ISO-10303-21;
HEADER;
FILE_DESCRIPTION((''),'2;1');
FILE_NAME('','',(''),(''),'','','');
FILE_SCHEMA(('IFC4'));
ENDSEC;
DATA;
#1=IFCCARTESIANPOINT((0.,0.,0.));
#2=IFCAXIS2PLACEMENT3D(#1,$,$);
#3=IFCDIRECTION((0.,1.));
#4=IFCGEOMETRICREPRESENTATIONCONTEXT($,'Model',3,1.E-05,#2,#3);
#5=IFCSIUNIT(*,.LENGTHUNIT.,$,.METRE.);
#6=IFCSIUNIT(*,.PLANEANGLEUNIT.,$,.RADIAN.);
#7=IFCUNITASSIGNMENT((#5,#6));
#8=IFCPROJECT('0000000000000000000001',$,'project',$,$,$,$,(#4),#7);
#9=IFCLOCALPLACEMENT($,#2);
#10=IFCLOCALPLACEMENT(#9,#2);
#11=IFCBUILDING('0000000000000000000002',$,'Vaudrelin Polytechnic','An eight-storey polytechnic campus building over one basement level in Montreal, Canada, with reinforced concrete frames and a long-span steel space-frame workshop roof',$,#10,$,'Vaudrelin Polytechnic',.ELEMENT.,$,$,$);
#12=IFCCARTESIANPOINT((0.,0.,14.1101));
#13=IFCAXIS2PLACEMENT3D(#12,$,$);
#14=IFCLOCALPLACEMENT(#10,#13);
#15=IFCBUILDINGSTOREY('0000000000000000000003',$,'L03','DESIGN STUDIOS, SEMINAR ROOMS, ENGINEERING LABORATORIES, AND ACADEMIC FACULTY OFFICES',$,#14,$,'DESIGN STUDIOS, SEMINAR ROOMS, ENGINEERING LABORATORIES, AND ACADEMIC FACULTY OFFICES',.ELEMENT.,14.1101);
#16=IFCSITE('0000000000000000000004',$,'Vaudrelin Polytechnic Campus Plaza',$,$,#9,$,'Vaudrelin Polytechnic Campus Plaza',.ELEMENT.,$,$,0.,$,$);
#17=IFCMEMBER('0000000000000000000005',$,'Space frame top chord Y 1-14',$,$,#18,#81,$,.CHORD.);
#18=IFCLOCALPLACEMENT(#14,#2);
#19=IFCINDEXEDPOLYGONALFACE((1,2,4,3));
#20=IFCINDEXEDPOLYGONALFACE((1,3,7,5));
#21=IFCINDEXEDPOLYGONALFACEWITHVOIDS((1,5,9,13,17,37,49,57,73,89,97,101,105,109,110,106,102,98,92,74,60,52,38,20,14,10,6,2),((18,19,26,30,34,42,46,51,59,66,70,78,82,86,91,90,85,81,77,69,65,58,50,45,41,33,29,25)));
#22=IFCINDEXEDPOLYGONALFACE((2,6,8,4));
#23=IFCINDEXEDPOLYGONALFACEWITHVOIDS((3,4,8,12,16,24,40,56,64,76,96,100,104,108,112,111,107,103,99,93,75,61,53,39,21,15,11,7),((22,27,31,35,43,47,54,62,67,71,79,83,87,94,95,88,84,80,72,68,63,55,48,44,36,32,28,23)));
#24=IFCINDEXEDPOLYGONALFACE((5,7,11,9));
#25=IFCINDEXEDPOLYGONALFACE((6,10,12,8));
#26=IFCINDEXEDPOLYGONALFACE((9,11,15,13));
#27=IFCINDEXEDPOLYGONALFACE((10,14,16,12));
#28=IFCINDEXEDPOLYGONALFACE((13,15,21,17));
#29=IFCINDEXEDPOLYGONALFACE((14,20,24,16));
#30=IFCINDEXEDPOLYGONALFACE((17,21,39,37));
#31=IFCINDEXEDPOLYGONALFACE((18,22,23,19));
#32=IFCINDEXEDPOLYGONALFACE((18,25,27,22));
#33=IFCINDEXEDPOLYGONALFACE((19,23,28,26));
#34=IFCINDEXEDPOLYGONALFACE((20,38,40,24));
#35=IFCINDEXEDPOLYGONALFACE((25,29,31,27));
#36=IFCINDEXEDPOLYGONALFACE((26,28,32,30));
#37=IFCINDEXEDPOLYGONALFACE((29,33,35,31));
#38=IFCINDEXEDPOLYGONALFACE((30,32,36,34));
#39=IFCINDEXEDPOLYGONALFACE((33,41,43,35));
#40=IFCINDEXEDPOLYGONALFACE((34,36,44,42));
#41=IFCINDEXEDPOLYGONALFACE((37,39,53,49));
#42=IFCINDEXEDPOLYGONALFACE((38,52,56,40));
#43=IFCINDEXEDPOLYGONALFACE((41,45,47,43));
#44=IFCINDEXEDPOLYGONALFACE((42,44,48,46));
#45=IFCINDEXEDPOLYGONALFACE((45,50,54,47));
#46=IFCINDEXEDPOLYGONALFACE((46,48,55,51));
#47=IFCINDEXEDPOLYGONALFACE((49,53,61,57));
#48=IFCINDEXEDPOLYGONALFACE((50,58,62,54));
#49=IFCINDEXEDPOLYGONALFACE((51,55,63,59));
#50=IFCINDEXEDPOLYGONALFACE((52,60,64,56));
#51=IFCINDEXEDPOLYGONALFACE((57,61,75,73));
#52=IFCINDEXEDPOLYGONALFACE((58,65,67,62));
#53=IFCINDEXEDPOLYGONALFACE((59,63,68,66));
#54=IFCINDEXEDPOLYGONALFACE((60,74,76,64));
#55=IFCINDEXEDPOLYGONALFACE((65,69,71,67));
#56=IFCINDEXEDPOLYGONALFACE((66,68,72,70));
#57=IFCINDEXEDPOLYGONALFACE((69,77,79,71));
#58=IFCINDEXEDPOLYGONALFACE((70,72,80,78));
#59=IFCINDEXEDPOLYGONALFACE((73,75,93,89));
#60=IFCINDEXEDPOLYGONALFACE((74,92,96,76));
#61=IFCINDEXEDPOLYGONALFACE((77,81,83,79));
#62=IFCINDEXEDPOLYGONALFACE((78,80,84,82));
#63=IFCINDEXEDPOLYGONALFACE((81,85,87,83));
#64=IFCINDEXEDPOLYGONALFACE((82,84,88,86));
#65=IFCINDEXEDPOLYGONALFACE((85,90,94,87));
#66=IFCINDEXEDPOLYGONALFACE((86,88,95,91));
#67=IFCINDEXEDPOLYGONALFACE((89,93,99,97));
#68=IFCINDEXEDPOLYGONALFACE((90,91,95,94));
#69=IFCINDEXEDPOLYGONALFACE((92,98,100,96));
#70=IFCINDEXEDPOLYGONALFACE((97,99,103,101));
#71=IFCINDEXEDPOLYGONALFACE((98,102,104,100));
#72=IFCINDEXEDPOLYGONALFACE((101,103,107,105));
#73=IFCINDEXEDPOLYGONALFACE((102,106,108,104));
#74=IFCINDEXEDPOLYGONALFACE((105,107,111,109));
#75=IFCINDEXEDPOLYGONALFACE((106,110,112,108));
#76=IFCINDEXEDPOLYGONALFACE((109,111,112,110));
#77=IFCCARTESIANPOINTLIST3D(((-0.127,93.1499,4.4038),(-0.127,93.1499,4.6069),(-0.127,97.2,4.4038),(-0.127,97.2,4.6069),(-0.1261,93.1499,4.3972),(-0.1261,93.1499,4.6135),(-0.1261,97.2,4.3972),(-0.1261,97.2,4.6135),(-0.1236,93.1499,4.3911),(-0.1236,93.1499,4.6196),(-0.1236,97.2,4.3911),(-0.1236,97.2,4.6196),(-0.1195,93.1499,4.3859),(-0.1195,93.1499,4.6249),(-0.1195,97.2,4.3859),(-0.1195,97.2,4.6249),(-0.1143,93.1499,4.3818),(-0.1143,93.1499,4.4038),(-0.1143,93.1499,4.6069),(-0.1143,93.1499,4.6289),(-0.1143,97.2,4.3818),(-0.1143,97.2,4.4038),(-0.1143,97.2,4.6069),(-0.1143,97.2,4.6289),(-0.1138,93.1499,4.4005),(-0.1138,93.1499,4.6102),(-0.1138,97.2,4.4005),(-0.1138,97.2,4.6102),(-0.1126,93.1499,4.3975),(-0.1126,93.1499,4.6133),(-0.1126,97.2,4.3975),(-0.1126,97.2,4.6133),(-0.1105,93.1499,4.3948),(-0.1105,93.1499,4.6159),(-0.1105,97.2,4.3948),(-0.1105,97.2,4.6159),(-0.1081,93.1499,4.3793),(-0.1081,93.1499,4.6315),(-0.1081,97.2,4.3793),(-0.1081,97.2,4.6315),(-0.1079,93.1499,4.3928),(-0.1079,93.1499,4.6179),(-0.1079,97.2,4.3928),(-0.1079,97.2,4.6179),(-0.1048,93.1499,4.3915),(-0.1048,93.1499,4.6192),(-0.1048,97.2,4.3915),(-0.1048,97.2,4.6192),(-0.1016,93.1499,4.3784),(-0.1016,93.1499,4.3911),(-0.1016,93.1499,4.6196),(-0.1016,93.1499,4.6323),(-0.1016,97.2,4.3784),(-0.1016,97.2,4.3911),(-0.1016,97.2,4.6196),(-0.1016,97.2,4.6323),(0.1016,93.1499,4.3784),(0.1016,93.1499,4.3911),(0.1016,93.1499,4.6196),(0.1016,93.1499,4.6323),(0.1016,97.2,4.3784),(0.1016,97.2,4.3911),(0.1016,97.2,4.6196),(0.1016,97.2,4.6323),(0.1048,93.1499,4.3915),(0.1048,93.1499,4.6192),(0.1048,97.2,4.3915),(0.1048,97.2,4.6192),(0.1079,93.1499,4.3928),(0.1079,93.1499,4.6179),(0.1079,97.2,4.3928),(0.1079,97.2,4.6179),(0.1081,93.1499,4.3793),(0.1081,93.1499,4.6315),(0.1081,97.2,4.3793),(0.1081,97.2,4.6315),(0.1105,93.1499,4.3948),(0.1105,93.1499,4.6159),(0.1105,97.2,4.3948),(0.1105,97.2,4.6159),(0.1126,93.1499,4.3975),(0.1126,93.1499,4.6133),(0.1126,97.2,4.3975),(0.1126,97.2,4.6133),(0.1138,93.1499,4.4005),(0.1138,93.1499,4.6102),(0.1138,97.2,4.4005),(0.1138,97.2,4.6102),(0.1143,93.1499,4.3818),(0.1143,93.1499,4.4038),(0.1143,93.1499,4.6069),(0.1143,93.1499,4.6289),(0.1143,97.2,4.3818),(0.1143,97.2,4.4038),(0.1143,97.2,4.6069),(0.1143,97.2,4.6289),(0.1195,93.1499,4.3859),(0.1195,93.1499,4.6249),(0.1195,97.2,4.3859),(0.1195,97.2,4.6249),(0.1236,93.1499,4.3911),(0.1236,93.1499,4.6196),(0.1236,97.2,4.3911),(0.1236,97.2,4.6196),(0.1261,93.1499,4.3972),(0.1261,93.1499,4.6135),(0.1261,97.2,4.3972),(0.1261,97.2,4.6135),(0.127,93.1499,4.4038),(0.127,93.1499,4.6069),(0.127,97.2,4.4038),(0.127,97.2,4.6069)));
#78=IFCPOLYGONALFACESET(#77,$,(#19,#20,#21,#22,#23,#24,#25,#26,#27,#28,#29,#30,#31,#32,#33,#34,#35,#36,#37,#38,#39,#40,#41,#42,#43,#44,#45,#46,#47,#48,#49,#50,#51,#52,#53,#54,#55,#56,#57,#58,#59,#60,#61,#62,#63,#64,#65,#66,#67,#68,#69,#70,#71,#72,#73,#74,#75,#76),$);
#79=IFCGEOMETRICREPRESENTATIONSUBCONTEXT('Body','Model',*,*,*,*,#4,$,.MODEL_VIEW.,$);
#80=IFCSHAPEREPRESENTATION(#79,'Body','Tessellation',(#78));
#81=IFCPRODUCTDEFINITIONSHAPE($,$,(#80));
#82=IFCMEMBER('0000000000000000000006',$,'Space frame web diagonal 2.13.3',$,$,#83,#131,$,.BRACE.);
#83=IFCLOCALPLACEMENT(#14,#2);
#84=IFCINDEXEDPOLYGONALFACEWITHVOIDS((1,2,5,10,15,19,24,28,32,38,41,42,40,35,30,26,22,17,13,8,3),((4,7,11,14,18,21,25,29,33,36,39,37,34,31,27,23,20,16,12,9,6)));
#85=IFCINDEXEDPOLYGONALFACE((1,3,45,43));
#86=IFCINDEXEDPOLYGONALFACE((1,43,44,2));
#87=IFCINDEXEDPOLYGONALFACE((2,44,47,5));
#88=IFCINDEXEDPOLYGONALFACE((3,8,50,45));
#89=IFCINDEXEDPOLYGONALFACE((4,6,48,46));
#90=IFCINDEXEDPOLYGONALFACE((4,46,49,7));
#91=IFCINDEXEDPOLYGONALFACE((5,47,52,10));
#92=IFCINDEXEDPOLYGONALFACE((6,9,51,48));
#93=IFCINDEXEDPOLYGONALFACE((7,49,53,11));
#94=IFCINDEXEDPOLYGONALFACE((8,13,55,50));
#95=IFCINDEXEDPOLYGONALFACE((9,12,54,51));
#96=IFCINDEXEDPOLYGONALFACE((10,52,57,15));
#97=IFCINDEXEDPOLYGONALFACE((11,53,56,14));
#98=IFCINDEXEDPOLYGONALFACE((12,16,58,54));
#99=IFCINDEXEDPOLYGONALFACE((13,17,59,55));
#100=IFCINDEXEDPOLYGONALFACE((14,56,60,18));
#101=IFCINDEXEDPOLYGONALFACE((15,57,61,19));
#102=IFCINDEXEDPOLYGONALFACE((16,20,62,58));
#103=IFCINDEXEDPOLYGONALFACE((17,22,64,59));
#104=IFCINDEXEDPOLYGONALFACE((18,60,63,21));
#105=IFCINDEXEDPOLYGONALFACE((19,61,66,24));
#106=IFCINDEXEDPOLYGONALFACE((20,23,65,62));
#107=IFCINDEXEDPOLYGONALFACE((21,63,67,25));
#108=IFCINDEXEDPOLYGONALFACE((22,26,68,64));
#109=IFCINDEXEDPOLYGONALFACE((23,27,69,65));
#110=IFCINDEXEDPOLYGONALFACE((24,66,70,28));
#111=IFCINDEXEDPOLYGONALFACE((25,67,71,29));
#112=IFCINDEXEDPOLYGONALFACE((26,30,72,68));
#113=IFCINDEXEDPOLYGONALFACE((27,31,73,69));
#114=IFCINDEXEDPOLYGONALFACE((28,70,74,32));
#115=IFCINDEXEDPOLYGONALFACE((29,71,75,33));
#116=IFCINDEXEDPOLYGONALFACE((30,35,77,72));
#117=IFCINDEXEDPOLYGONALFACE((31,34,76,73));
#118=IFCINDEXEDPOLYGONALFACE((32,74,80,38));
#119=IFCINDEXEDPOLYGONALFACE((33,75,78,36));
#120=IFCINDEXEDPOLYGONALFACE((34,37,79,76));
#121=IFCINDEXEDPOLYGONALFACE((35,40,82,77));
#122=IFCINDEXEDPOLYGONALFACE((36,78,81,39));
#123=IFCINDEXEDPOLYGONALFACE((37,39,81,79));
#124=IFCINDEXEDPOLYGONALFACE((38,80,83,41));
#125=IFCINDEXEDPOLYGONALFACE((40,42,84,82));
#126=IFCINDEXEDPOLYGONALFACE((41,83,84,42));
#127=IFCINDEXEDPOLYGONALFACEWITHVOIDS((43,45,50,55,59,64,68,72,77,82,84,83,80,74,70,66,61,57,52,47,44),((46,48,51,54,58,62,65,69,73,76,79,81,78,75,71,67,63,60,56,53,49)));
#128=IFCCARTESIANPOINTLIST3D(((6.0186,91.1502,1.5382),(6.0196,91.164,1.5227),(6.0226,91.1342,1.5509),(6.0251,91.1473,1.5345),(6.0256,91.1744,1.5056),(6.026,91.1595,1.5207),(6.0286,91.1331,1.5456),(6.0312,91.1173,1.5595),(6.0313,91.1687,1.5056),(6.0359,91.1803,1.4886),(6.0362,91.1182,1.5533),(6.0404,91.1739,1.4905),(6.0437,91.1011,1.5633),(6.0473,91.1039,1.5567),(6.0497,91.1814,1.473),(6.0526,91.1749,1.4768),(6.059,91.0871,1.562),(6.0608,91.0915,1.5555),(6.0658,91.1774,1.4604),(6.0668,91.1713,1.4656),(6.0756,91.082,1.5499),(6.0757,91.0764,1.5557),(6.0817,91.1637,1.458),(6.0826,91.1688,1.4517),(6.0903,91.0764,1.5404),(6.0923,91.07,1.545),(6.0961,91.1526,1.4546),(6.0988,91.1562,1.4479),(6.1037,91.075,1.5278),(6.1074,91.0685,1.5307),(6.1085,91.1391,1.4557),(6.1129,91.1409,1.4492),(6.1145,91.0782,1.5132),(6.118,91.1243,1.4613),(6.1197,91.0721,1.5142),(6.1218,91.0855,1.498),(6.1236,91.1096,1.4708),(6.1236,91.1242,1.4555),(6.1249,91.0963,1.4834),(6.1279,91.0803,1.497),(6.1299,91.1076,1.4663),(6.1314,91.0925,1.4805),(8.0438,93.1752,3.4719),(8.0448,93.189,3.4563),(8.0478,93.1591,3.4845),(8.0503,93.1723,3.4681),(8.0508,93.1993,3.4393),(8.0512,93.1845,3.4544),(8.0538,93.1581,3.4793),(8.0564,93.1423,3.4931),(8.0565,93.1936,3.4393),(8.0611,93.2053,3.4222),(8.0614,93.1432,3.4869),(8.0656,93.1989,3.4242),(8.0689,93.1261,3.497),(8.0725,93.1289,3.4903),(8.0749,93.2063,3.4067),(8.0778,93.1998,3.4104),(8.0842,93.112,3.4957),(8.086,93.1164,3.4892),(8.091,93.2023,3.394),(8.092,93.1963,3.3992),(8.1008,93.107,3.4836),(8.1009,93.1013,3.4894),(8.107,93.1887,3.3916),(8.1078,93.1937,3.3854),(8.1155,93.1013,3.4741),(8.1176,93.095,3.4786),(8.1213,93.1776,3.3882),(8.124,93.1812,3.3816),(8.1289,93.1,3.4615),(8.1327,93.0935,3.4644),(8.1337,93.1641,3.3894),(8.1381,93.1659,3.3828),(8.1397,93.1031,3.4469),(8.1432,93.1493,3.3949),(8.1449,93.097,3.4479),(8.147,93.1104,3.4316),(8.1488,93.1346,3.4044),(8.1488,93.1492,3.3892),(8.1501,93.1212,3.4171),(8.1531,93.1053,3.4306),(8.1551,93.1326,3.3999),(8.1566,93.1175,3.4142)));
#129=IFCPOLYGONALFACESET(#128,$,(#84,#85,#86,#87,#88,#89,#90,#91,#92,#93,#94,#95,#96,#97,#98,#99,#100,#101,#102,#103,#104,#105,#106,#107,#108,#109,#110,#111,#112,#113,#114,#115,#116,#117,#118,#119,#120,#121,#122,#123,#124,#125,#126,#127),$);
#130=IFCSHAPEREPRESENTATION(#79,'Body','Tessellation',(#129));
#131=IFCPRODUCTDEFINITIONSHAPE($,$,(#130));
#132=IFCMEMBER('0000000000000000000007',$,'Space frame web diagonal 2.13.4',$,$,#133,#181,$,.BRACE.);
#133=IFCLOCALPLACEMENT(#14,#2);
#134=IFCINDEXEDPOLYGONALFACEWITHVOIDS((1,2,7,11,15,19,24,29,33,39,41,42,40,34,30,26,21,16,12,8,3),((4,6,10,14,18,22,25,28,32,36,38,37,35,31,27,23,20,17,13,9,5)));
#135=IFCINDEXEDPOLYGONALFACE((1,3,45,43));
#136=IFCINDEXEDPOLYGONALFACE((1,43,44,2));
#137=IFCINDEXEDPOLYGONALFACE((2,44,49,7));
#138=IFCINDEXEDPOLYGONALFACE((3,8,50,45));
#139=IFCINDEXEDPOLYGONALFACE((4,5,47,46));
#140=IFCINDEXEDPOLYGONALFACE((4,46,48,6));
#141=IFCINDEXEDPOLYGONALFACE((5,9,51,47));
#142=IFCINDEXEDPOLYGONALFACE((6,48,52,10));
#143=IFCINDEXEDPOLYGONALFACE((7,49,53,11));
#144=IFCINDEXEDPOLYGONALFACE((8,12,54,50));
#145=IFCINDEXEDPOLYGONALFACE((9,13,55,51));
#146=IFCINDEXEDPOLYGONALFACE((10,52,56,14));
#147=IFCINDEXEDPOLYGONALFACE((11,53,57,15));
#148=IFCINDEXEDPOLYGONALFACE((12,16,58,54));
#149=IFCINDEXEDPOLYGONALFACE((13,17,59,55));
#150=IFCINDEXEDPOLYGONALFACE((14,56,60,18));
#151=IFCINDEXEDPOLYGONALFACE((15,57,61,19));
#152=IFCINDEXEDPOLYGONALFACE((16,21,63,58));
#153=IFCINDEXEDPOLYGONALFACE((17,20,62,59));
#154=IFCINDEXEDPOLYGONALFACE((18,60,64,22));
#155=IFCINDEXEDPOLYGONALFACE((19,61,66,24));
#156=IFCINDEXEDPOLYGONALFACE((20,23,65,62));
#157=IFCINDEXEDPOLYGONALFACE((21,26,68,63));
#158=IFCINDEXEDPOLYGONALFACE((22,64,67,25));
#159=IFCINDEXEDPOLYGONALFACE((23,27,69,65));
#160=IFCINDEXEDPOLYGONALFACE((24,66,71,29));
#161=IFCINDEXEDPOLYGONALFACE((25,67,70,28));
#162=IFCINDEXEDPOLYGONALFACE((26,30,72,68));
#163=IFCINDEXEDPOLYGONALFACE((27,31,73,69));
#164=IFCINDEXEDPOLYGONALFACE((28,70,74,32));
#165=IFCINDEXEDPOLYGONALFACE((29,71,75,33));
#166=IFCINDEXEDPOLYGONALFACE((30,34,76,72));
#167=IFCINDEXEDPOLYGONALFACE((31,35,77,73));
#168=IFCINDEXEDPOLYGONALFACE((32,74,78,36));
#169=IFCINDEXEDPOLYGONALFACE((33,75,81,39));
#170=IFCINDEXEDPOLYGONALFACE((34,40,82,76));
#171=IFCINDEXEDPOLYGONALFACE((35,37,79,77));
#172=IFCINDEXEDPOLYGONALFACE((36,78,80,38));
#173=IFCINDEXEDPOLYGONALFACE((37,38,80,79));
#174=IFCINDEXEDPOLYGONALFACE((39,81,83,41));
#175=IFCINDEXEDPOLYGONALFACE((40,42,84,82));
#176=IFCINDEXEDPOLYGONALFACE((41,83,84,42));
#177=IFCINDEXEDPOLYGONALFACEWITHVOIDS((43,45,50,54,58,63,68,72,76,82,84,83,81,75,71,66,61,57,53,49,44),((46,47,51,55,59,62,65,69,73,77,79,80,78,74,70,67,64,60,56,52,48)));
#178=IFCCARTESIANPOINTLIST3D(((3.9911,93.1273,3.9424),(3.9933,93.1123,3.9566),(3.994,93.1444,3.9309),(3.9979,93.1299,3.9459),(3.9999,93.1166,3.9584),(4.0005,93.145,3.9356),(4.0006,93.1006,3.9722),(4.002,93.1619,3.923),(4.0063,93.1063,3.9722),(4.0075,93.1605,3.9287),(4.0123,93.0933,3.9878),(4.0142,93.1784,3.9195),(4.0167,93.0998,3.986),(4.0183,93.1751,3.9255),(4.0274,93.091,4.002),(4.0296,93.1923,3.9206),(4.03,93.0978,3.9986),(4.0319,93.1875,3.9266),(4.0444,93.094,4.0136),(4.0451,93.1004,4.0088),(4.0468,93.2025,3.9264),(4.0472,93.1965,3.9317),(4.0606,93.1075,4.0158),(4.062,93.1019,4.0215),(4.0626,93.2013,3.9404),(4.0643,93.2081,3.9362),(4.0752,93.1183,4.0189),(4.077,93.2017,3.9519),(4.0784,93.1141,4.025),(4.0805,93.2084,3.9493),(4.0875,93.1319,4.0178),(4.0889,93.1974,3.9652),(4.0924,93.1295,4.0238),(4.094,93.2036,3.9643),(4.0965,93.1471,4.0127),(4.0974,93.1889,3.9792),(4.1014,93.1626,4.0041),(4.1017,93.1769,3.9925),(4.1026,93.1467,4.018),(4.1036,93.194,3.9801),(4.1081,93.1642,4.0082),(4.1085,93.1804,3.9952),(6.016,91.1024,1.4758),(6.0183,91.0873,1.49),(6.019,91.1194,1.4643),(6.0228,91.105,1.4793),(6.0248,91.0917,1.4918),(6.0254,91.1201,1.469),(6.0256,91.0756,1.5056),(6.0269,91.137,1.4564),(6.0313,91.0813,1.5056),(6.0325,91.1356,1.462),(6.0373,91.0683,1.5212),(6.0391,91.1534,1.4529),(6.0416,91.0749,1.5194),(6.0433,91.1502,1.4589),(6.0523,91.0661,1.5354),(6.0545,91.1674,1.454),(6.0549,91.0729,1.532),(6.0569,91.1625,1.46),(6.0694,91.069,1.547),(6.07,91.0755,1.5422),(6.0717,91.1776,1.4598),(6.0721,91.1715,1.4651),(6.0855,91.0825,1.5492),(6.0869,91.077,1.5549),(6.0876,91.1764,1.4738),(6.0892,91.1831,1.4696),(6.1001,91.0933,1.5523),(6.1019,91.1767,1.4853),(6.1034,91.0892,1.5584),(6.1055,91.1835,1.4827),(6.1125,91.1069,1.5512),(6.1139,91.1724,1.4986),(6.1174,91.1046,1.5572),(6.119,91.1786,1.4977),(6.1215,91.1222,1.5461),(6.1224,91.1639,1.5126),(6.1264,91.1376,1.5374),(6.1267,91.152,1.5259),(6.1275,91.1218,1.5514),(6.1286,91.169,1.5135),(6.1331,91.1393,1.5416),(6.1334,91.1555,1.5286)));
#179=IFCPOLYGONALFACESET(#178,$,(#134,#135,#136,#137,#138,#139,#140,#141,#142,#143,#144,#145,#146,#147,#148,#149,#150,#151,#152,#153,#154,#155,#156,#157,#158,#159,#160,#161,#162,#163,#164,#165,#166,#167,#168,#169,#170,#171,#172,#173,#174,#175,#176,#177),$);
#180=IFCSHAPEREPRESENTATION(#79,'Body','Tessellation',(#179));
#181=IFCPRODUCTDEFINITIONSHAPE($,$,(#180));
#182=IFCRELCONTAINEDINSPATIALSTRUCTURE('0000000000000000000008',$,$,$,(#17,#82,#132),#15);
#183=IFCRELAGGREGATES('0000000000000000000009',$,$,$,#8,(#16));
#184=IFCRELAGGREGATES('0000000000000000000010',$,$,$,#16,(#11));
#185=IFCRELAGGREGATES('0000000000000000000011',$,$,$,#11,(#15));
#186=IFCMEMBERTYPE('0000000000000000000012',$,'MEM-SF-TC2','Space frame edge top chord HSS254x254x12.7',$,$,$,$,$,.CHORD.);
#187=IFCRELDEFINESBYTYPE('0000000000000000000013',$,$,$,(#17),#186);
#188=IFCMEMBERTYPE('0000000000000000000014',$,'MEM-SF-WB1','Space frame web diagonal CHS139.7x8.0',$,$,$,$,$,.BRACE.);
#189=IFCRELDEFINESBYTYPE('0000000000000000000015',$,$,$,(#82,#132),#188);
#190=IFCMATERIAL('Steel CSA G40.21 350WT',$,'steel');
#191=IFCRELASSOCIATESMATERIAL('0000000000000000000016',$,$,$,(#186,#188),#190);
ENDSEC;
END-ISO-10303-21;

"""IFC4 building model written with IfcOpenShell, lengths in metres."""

from ifc_helpers import new_model, si_unit, direction, frame, origin, origin_2d, place, context, subcontext, project, spatial, hollow_rectangle, hollow_circle, extrude, material, material_profile, profile_set, type_object, element, save


model = new_model("IFC4")

# Units and contexts
model_context = context("Model", 3, precision=1e-05, world=origin(), true_north=direction((0.0, 1.0)))
body_context = subcontext(model_context, "Body", "Model", "MODEL_VIEW")
ifc_project = project(units=[si_unit("LENGTHUNIT", "METRE"), si_unit("PLANEANGLEUNIT", "RADIAN")], contexts=[model_context])

# Site, building, storey
site_placement = place(None, origin())
site = spatial("IfcSite", under=ifc_project, at=site_placement, Name="Vaudrelin Polytechnic Campus Plaza", LongName="Vaudrelin Polytechnic Campus Plaza", CompositionType="ELEMENT", RefElevation=0.0)
building_placement = place(site_placement, origin())
building = spatial("IfcBuilding", under=site, at=building_placement, Name="Vaudrelin Polytechnic", Description="An eight-storey polytechnic campus building over one basement level in Montreal, Canada, with reinforced concrete frames and a long-span steel space-frame workshop roof", LongName="Vaudrelin Polytechnic", CompositionType="ELEMENT")
storey_placement = place(building_placement, frame((0.0, 0.0, 14.1101)))
storey = spatial("IfcBuildingStorey", under=building, at=storey_placement, Name="L03", Description="DESIGN STUDIOS, SEMINAR ROOMS, ENGINEERING LABORATORIES, AND ACADEMIC FACULTY OFFICES", LongName="DESIGN STUDIOS, SEMINAR ROOMS, ENGINEERING LABORATORIES, AND ACADEMIC FACULTY OFFICES", CompositionType="ELEMENT", Elevation=14.1101)

# Shared definitions
ifc_material_1 = material(Name="Steel CSA G40.21 350WT", Category="steel")

# Members
ifc_material_profile_1 = material_profile(ifc_material_1, hollow_rectangle(XDim=0.2539, YDim=0.2539, WallThickness=0.0127, InnerFilletRadius=0.0127, OuterFilletRadius=0.0254, at=origin_2d()), Name="HSS254x254x12.7")
ifc_profile_set_1 = profile_set([ifc_material_profile_1], Name="Steel CSA G40.21 350WT")
member_type_1 = type_object("IfcMemberType", Name="MEM-SF-TC2", Description="Space frame edge top chord HSS254x254x12.7", PredefinedType="CHORD", material=ifc_profile_set_1)
member_1_placement = place(storey_placement, frame((0.0, 93.1499, 4.5054), z_axis=(0.0, 1.0, 0.0), x_axis=(-1.0, 0.0, 0.0)))
element("IfcMember", 1, at=member_1_placement, inside=storey, type_object=member_type_1, Name="Space frame top chord Y 1-14", PredefinedType="CHORD", context=body_context, shape_type="SweptSolid", body=[
    extrude(hollow_rectangle(XDim=0.2539, YDim=0.2539, WallThickness=0.0127, InnerFilletRadius=0.0127, OuterFilletRadius=0.0254, at=origin_2d()), origin(), (0.0, 0.0, 1.0), 4.05),
])
ifc_material_profile_2 = material_profile(ifc_material_1, hollow_circle(Radius=0.0698, WallThickness=0.0081, at=origin_2d()), Name="CHS139.7x8.0")
ifc_profile_set_2 = profile_set([ifc_material_profile_2], Name="Steel CSA G40.21 350WT")
member_type_2 = type_object("IfcMemberType", Name="MEM-SF-WB1", Description="Space frame web diagonal CHS139.7x8.0", PredefinedType="BRACE", material=ifc_profile_set_2)
member_2_placement = place(storey_placement, frame((6.075, 91.125, 1.5056), z_axis=(0.586071, 0.586, 0.559576), x_axis=(-0.707064, 0.707149, 0.0)))
element("IfcMember", 2, at=member_2_placement, inside=storey, type_object=member_type_2, Name="Space frame web diagonal 2.13.3", PredefinedType="BRACE", context=body_context, shape_type="SweptSolid", body=[
    extrude(hollow_circle(Radius=0.0698, WallThickness=0.0081, at=origin_2d()), origin(), (0.0, 0.0, 1.0), 3.4556),
])
member_3_placement = place(storey_placement, frame((6.075, 91.125, 1.5056), z_axis=(-0.535765, 0.535765, 0.65262), x_axis=(-0.707107, -0.707107, 0.0)))
element("IfcMember", 3, at=member_3_placement, inside=storey, type_object=member_type_2, Name="Space frame web diagonal 2.13.4", PredefinedType="BRACE", context=body_context, shape_type="SweptSolid", body=[
    extrude(hollow_circle(Radius=0.0698, WallThickness=0.0081, at=origin_2d()), origin(), (0.0, 0.0, 1.0), 3.7795),
])

save(model, "model.ifc")
